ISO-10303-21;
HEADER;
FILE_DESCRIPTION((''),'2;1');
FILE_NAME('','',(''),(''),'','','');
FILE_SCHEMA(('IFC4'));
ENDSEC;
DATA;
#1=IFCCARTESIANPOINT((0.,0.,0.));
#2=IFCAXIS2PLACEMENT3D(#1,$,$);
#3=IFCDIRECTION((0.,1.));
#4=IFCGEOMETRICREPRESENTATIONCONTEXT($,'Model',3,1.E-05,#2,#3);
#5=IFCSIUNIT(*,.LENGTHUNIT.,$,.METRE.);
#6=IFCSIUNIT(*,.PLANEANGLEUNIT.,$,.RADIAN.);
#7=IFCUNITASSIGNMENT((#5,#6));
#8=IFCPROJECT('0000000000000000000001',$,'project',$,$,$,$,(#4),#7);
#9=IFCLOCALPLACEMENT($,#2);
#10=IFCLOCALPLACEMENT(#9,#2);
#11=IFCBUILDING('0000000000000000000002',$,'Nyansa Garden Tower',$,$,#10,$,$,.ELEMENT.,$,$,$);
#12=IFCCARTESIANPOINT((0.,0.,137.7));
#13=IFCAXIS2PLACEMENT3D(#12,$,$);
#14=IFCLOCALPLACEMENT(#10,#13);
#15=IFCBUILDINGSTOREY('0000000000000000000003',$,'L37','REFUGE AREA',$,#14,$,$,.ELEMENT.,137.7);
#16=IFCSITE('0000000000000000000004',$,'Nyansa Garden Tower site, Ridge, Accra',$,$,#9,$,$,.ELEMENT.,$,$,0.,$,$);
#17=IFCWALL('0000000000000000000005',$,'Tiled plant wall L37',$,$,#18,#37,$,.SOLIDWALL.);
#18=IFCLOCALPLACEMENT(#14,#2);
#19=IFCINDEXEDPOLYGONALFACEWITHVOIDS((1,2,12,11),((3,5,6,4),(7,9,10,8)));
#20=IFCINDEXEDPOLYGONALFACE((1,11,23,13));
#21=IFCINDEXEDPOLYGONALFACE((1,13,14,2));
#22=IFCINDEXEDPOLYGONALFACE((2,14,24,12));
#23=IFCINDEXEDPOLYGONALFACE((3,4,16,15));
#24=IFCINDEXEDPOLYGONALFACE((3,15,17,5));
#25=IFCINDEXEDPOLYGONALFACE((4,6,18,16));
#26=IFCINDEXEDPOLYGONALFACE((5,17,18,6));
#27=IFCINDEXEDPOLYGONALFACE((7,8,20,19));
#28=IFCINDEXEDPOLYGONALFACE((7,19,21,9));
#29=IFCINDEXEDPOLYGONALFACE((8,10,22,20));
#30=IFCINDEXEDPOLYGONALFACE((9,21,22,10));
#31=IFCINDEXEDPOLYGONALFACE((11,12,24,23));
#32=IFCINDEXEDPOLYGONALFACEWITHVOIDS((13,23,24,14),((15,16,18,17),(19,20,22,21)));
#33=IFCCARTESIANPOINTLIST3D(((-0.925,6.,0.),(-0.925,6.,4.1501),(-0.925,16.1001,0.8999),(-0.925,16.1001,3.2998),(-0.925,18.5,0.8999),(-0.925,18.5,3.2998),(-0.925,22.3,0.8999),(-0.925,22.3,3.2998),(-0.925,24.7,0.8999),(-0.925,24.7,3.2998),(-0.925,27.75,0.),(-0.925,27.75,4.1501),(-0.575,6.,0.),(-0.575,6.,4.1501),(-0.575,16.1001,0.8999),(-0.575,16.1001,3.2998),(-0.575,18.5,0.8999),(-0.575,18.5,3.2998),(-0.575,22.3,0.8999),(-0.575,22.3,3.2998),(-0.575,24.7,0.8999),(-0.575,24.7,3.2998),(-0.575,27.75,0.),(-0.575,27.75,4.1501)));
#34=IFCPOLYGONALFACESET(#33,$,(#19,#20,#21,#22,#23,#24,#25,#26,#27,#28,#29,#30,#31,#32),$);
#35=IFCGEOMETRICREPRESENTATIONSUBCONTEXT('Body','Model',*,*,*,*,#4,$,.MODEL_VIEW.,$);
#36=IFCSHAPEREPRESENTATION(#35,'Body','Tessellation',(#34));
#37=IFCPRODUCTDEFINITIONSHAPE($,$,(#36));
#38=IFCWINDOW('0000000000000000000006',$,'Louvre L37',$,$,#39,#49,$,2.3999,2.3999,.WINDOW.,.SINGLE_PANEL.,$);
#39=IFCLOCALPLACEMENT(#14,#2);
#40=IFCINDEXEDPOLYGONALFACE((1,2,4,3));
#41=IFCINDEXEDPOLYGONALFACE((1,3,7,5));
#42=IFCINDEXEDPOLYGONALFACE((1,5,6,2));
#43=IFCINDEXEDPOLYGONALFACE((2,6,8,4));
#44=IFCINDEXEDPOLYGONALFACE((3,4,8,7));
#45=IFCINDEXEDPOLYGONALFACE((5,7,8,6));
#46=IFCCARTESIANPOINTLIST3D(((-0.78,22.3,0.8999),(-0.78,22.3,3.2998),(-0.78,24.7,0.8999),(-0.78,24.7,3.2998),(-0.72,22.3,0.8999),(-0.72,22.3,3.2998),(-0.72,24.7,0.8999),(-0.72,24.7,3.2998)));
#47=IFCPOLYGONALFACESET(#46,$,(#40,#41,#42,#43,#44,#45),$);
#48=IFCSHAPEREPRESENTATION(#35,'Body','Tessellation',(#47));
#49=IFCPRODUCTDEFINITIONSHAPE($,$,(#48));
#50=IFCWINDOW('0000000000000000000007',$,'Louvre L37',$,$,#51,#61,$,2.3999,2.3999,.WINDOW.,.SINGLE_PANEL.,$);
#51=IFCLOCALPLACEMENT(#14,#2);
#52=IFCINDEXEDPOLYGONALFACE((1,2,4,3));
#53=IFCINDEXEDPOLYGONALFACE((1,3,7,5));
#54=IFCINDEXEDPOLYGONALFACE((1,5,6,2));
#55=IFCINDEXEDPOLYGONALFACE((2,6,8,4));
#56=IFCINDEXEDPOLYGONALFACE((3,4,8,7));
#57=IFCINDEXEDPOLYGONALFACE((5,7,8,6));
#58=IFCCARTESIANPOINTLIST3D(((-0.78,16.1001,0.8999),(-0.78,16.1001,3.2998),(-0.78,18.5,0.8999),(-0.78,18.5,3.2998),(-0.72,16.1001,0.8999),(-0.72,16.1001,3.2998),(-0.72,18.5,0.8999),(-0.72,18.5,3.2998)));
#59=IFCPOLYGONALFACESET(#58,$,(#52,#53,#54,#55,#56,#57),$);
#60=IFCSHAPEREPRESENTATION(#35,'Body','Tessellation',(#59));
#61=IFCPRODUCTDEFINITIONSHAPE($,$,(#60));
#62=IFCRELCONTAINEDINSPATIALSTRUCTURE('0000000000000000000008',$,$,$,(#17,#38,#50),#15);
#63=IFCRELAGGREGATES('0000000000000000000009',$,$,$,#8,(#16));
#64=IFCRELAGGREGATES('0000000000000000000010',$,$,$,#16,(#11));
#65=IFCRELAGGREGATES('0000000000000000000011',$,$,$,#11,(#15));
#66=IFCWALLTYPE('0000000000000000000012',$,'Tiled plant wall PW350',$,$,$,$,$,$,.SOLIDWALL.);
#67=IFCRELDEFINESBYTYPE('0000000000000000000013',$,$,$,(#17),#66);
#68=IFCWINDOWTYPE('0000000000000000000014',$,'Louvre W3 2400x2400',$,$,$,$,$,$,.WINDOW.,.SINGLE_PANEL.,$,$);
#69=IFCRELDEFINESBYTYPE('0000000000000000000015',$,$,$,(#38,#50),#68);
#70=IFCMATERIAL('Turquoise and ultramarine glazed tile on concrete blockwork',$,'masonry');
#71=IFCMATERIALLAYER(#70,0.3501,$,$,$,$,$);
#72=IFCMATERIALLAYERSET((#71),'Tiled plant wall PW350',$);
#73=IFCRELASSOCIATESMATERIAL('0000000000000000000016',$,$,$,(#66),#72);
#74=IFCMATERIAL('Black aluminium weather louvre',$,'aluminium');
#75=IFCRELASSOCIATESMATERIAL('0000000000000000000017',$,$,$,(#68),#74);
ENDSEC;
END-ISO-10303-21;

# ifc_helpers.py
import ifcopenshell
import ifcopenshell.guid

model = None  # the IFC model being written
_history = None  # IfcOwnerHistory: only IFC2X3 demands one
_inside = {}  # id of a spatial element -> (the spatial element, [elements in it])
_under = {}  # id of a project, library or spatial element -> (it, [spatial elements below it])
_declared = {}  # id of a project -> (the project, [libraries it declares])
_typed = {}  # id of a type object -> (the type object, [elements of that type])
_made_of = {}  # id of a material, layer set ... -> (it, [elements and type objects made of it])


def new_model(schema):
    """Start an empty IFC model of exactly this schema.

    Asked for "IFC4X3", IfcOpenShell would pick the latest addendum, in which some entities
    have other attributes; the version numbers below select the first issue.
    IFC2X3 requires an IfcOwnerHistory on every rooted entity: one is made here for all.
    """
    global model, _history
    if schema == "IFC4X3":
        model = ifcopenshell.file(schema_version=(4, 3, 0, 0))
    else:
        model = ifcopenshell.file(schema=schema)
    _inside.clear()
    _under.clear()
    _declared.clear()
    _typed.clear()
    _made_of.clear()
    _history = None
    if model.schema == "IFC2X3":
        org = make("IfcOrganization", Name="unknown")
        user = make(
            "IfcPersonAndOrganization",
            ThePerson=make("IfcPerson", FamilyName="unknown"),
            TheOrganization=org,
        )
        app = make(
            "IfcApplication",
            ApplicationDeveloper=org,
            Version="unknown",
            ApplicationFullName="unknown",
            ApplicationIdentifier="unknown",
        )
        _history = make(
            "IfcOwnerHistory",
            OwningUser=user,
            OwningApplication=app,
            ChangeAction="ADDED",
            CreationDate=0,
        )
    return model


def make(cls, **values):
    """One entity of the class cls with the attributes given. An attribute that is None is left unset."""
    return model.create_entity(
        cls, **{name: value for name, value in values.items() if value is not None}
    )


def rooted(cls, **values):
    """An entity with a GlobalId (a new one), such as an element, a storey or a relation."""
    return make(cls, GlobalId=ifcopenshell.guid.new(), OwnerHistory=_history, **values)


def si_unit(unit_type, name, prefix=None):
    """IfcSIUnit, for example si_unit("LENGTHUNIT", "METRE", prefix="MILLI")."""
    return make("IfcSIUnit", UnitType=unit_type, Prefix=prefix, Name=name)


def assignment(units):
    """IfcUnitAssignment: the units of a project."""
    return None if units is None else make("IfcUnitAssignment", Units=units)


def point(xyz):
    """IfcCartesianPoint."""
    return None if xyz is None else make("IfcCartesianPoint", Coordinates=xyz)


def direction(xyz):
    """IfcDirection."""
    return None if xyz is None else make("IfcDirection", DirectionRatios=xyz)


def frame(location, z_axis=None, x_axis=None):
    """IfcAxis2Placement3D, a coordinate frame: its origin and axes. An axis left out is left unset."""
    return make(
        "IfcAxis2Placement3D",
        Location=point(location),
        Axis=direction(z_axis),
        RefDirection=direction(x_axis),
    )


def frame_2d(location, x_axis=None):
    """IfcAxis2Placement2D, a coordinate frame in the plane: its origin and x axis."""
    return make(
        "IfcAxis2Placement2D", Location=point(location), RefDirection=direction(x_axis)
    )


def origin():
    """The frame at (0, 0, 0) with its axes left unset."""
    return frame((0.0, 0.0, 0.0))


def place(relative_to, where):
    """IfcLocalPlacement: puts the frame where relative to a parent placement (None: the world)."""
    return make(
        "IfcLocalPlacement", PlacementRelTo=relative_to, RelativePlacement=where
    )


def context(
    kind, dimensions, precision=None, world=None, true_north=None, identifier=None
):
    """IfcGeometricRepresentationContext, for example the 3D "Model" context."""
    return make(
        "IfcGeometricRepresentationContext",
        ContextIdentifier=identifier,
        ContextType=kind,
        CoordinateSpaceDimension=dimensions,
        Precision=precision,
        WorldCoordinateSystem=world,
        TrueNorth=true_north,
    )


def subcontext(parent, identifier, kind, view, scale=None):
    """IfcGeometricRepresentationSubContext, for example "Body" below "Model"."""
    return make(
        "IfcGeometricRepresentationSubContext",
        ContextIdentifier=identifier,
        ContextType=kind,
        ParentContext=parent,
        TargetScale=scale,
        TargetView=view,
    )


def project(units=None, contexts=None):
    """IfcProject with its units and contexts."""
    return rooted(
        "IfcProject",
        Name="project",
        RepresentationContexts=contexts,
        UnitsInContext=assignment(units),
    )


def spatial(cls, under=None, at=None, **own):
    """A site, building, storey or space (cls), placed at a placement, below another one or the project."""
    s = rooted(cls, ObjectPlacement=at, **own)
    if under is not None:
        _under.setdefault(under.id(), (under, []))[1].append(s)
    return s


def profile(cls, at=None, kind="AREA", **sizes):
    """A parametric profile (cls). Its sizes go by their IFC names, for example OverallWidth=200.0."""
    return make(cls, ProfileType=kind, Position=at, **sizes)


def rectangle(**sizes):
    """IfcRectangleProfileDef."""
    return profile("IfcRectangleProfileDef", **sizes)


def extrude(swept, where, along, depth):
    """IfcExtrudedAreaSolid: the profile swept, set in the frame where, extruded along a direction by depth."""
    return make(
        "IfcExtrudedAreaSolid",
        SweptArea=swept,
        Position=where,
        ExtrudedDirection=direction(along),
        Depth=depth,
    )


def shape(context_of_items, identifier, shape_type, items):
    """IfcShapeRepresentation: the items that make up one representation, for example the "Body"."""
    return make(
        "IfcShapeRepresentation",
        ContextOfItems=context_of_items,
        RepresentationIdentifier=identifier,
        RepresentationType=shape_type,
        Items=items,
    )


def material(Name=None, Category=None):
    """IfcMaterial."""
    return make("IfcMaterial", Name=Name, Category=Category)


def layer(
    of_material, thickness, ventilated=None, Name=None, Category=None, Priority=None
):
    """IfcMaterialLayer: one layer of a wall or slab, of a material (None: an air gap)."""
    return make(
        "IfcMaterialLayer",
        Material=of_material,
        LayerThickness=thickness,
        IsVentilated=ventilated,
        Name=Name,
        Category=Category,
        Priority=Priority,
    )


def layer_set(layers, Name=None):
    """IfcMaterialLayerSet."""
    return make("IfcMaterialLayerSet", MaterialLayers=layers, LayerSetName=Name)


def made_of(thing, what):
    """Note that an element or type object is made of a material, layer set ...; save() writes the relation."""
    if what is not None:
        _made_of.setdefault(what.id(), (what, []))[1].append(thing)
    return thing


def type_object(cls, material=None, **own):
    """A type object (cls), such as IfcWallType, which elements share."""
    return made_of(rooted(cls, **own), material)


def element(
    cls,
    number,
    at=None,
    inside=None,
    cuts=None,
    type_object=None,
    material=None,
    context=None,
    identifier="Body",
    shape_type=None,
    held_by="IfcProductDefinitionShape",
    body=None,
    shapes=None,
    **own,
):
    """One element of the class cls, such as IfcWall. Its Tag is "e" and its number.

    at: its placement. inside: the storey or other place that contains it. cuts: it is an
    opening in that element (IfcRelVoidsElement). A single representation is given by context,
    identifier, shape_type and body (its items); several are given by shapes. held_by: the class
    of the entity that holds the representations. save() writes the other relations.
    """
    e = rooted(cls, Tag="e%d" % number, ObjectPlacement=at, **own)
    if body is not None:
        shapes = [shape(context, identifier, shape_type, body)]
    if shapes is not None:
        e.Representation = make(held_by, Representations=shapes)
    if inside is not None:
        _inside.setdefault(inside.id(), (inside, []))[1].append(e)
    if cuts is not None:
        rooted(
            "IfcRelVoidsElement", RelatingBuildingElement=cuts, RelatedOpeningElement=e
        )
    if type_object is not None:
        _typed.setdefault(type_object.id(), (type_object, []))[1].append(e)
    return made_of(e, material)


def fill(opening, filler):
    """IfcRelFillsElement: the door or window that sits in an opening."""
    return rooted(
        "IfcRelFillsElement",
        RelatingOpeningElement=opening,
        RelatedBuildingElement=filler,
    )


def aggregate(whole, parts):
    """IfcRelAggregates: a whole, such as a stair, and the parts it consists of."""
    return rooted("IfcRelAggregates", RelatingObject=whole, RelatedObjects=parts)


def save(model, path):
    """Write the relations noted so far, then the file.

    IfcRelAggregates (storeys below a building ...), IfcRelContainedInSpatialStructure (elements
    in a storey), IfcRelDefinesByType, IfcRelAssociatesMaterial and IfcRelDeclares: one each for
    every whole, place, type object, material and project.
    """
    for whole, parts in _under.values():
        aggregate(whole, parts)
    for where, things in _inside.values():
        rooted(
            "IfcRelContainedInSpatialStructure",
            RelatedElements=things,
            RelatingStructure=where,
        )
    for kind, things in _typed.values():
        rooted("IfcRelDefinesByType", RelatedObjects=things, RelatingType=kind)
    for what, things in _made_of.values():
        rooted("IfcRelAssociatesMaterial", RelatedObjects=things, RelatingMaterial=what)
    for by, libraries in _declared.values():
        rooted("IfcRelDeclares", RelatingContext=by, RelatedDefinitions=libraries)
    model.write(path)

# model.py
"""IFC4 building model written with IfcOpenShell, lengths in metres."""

from ifc_helpers import new_model, si_unit, direction, frame, frame_2d, origin, place, context, subcontext, project, spatial, rectangle, extrude, material, layer, layer_set, type_object, element, fill, save


model = new_model("IFC4")

# Units and contexts
model_context = context("Model", 3, precision=1e-05, world=origin(), true_north=direction((0.0, 1.0)))
body_context = subcontext(model_context, "Body", "Model", "MODEL_VIEW")
ifc_project = project(units=[si_unit("LENGTHUNIT", "METRE"), si_unit("PLANEANGLEUNIT", "RADIAN")], contexts=[model_context])

# Site, building, storey
site_placement = place(None, origin())
site = spatial("IfcSite", under=ifc_project, at=site_placement, Name="Nyansa Garden Tower site, Ridge, Accra", CompositionType="ELEMENT", RefElevation=0.0)
building_placement = place(site_placement, origin())
building = spatial("IfcBuilding", under=site, at=building_placement, Name="Nyansa Garden Tower", CompositionType="ELEMENT")
storey_placement = place(building_placement, frame((0.0, 0.0, 137.7)))
storey = spatial("IfcBuildingStorey", under=building, at=storey_placement, Name="L37", Description="REFUGE AREA", CompositionType="ELEMENT", Elevation=137.7)

# Shared definitions
ifc_material_1 = material(Name="Turquoise and ultramarine glazed tile on concrete blockwork", Category="masonry")
ifc_layer_1 = layer(ifc_material_1, 0.3501)
ifc_layer_set_1 = layer_set([ifc_layer_1], Name="Tiled plant wall PW350")
wall_type_1 = type_object("IfcWallType", Name="Tiled plant wall PW350", PredefinedType="SOLIDWALL", material=ifc_layer_set_1)

# Wall, openings, windows
wall_1_placement = place(storey_placement, frame((-0.75, 27.75, 0.0), z_axis=(0.0, 0.0, 1.0), x_axis=(0.0, -1.0, 0.0)))
wall_1 = element("IfcWall", 1, at=wall_1_placement, inside=storey, type_object=wall_type_1, Name="Tiled plant wall L37", PredefinedType="SOLIDWALL", context=body_context, shape_type="SweptSolid", body=[
    extrude(rectangle(XDim=21.75, YDim=0.3501, at=frame_2d((10.875, 0.0))), origin(), (0.0, 0.0, 1.0), 4.1501),
])
opening_1_placement = place(wall_1_placement, frame((3.05, 0.0, 0.8999)))
opening_1 = element("IfcOpeningElement", 2, at=opening_1_placement, cuts=wall_1, PredefinedType="OPENING", context=body_context, shape_type="SweptSolid", body=[
    extrude(rectangle(XDim=2.3999, YDim=2.3999, at=frame_2d((1.2, 1.2))), frame((0.0, 0.1851, 0.0), z_axis=(0.0, -1.0, 0.0), x_axis=(1.0, 0.0, 0.0)), (0.0, 0.0, 1.0), 0.3701),
])
opening_2_placement = place(wall_1_placement, frame((9.25, 0.0, 0.8999)))
opening_2 = element("IfcOpeningElement", 3, at=opening_2_placement, cuts=wall_1, PredefinedType="OPENING", context=body_context, shape_type="SweptSolid", body=[
    extrude(rectangle(XDim=2.3999, YDim=2.3999, at=frame_2d((1.2, 1.2))), frame((0.0, 0.1851, 0.0), z_axis=(0.0, -1.0, 0.0), x_axis=(1.0, 0.0, 0.0)), (0.0, 0.0, 1.0), 0.3701),
])
ifc_material_2 = material(Name="Black aluminium weather louvre", Category="aluminium")
window_type = type_object("IfcWindowType", Name="Louvre W3 2400x2400", PartitioningType="SINGLE_PANEL", PredefinedType="WINDOW", material=ifc_material_2)
window_1_placement = place(opening_1_placement, origin())
window_1 = element("IfcWindow", 4, at=window_1_placement, inside=storey, type_object=window_type, Name="Louvre L37", OverallHeight=2.3999, OverallWidth=2.3999, PartitioningType="SINGLE_PANEL", PredefinedType="WINDOW", context=body_context, shape_type="SweptSolid", body=[
    extrude(rectangle(XDim=2.3999, YDim=2.3999, at=frame_2d((1.2, 1.2))), frame((0.0, 0.03, 0.0), z_axis=(0.0, -1.0, 0.0), x_axis=(1.0, 0.0, 0.0)), (0.0, 0.0, 1.0), 0.0601),
])
fill(opening_1, window_1)
window_2_placement = place(opening_2_placement, origin())
window_2 = element("IfcWindow", 5, at=window_2_placement, inside=storey, type_object=window_type, Name="Louvre L37", OverallHeight=2.3999, OverallWidth=2.3999, PartitioningType="SINGLE_PANEL", PredefinedType="WINDOW", context=body_context, shape_type="SweptSolid", body=[
    extrude(rectangle(XDim=2.3999, YDim=2.3999, at=frame_2d((1.2, 1.2))), frame((0.0, 0.03, 0.0), z_axis=(0.0, -1.0, 0.0), x_axis=(1.0, 0.0, 0.0)), (0.0, 0.0, 1.0), 0.0601),
])
fill(opening_2, window_2)

save(model, "model.ifc")
